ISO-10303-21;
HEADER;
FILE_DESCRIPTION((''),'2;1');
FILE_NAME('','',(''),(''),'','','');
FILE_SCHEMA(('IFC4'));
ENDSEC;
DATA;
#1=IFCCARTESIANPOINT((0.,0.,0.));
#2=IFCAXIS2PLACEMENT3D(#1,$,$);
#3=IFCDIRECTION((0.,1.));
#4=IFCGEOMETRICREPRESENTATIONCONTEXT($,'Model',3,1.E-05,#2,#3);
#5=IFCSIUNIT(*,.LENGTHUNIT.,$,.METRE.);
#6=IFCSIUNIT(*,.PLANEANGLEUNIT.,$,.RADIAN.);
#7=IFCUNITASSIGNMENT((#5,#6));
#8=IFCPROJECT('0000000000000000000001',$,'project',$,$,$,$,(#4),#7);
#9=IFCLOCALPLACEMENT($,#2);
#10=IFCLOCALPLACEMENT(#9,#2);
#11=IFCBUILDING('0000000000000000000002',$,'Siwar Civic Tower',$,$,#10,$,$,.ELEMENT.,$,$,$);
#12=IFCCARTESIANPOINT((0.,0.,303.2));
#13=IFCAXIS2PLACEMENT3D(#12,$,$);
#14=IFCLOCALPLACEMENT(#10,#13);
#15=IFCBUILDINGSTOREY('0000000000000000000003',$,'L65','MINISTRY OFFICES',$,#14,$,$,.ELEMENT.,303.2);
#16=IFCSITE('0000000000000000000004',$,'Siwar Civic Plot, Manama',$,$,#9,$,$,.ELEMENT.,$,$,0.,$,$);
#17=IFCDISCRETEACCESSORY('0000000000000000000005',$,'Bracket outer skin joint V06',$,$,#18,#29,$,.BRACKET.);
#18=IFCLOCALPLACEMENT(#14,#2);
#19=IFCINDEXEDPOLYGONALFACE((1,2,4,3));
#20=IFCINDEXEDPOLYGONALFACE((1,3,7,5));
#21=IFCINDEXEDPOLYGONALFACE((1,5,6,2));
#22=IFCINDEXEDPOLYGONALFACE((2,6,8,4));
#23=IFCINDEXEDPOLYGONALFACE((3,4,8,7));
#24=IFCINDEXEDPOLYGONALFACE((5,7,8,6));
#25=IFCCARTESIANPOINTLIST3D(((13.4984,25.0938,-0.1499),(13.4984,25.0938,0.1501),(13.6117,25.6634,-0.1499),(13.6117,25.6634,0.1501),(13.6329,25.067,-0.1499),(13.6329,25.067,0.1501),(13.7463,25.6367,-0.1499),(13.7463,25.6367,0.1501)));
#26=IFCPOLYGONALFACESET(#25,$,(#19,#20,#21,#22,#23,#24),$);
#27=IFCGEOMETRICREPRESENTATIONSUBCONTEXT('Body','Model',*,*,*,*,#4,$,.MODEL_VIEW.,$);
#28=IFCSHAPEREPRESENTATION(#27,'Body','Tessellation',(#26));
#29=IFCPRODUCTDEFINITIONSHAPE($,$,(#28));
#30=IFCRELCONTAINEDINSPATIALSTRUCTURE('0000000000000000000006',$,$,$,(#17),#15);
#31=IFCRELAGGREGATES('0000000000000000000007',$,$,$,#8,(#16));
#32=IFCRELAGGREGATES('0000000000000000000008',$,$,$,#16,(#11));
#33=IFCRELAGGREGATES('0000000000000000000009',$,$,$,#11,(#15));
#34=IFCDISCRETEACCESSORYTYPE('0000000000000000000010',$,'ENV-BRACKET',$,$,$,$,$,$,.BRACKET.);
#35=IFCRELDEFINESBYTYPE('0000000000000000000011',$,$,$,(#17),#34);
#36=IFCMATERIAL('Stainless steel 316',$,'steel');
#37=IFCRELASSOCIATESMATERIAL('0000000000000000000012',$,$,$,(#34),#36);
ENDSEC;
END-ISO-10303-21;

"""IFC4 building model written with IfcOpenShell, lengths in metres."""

from ifc_helpers import new_model, si_unit, direction, frame, origin, origin_2d, place, context, subcontext, project, spatial, rectangle, extrude, material, type_object, element, save


model = new_model("IFC4")

# Units and contexts
model_context = context("Model", 3, precision=1e-05, world=origin(), true_north=direction((0.0, 1.0)))
body_context = subcontext(model_context, "Body", "Model", "MODEL_VIEW")
ifc_project = project(units=[si_unit("LENGTHUNIT", "METRE"), si_unit("PLANEANGLEUNIT", "RADIAN")], contexts=[model_context])

# Site, building, storey
site_placement = place(None, origin())
site = spatial("IfcSite", under=ifc_project, at=site_placement, Name="Siwar Civic Plot, Manama", CompositionType="ELEMENT", RefElevation=0.0)
building_placement = place(site_placement, origin())
building = spatial("IfcBuilding", under=site, at=building_placement, Name="Siwar Civic Tower", CompositionType="ELEMENT")
storey_placement = place(building_placement, frame((0.0, 0.0, 303.2)))
storey = spatial("IfcBuildingStorey", under=building, at=storey_placement, Name="L65", Description="MINISTRY OFFICES", CompositionType="ELEMENT", Elevation=303.2)

# Discrete accessory
ifc_material_1 = material(Name="Stainless steel 316", Category="steel")
discrete_accessory_type = type_object("IfcDiscreteAccessoryType", Name="ENV-BRACKET", PredefinedType="BRACKET", material=ifc_material_1)
discrete_accessory_1_placement = place(storey_placement, frame((13.6223, 25.3652, -0.1499), z_axis=(0.0, 0.0, 1.0), x_axis=(0.19509, 0.980785, 0.0)))
element("IfcDiscreteAccessory", 1, at=discrete_accessory_1_placement, inside=storey, type_object=discrete_accessory_type, Name="Bracket outer skin joint V06", PredefinedType="BRACKET", context=body_context, shape_type="SweptSolid", body=[
    extrude(rectangle(XDim=0.5808, YDim=0.1372, at=origin_2d()), origin(), (0.0, 0.0, 1.0), 0.3),
])

save(model, "model.ifc")
